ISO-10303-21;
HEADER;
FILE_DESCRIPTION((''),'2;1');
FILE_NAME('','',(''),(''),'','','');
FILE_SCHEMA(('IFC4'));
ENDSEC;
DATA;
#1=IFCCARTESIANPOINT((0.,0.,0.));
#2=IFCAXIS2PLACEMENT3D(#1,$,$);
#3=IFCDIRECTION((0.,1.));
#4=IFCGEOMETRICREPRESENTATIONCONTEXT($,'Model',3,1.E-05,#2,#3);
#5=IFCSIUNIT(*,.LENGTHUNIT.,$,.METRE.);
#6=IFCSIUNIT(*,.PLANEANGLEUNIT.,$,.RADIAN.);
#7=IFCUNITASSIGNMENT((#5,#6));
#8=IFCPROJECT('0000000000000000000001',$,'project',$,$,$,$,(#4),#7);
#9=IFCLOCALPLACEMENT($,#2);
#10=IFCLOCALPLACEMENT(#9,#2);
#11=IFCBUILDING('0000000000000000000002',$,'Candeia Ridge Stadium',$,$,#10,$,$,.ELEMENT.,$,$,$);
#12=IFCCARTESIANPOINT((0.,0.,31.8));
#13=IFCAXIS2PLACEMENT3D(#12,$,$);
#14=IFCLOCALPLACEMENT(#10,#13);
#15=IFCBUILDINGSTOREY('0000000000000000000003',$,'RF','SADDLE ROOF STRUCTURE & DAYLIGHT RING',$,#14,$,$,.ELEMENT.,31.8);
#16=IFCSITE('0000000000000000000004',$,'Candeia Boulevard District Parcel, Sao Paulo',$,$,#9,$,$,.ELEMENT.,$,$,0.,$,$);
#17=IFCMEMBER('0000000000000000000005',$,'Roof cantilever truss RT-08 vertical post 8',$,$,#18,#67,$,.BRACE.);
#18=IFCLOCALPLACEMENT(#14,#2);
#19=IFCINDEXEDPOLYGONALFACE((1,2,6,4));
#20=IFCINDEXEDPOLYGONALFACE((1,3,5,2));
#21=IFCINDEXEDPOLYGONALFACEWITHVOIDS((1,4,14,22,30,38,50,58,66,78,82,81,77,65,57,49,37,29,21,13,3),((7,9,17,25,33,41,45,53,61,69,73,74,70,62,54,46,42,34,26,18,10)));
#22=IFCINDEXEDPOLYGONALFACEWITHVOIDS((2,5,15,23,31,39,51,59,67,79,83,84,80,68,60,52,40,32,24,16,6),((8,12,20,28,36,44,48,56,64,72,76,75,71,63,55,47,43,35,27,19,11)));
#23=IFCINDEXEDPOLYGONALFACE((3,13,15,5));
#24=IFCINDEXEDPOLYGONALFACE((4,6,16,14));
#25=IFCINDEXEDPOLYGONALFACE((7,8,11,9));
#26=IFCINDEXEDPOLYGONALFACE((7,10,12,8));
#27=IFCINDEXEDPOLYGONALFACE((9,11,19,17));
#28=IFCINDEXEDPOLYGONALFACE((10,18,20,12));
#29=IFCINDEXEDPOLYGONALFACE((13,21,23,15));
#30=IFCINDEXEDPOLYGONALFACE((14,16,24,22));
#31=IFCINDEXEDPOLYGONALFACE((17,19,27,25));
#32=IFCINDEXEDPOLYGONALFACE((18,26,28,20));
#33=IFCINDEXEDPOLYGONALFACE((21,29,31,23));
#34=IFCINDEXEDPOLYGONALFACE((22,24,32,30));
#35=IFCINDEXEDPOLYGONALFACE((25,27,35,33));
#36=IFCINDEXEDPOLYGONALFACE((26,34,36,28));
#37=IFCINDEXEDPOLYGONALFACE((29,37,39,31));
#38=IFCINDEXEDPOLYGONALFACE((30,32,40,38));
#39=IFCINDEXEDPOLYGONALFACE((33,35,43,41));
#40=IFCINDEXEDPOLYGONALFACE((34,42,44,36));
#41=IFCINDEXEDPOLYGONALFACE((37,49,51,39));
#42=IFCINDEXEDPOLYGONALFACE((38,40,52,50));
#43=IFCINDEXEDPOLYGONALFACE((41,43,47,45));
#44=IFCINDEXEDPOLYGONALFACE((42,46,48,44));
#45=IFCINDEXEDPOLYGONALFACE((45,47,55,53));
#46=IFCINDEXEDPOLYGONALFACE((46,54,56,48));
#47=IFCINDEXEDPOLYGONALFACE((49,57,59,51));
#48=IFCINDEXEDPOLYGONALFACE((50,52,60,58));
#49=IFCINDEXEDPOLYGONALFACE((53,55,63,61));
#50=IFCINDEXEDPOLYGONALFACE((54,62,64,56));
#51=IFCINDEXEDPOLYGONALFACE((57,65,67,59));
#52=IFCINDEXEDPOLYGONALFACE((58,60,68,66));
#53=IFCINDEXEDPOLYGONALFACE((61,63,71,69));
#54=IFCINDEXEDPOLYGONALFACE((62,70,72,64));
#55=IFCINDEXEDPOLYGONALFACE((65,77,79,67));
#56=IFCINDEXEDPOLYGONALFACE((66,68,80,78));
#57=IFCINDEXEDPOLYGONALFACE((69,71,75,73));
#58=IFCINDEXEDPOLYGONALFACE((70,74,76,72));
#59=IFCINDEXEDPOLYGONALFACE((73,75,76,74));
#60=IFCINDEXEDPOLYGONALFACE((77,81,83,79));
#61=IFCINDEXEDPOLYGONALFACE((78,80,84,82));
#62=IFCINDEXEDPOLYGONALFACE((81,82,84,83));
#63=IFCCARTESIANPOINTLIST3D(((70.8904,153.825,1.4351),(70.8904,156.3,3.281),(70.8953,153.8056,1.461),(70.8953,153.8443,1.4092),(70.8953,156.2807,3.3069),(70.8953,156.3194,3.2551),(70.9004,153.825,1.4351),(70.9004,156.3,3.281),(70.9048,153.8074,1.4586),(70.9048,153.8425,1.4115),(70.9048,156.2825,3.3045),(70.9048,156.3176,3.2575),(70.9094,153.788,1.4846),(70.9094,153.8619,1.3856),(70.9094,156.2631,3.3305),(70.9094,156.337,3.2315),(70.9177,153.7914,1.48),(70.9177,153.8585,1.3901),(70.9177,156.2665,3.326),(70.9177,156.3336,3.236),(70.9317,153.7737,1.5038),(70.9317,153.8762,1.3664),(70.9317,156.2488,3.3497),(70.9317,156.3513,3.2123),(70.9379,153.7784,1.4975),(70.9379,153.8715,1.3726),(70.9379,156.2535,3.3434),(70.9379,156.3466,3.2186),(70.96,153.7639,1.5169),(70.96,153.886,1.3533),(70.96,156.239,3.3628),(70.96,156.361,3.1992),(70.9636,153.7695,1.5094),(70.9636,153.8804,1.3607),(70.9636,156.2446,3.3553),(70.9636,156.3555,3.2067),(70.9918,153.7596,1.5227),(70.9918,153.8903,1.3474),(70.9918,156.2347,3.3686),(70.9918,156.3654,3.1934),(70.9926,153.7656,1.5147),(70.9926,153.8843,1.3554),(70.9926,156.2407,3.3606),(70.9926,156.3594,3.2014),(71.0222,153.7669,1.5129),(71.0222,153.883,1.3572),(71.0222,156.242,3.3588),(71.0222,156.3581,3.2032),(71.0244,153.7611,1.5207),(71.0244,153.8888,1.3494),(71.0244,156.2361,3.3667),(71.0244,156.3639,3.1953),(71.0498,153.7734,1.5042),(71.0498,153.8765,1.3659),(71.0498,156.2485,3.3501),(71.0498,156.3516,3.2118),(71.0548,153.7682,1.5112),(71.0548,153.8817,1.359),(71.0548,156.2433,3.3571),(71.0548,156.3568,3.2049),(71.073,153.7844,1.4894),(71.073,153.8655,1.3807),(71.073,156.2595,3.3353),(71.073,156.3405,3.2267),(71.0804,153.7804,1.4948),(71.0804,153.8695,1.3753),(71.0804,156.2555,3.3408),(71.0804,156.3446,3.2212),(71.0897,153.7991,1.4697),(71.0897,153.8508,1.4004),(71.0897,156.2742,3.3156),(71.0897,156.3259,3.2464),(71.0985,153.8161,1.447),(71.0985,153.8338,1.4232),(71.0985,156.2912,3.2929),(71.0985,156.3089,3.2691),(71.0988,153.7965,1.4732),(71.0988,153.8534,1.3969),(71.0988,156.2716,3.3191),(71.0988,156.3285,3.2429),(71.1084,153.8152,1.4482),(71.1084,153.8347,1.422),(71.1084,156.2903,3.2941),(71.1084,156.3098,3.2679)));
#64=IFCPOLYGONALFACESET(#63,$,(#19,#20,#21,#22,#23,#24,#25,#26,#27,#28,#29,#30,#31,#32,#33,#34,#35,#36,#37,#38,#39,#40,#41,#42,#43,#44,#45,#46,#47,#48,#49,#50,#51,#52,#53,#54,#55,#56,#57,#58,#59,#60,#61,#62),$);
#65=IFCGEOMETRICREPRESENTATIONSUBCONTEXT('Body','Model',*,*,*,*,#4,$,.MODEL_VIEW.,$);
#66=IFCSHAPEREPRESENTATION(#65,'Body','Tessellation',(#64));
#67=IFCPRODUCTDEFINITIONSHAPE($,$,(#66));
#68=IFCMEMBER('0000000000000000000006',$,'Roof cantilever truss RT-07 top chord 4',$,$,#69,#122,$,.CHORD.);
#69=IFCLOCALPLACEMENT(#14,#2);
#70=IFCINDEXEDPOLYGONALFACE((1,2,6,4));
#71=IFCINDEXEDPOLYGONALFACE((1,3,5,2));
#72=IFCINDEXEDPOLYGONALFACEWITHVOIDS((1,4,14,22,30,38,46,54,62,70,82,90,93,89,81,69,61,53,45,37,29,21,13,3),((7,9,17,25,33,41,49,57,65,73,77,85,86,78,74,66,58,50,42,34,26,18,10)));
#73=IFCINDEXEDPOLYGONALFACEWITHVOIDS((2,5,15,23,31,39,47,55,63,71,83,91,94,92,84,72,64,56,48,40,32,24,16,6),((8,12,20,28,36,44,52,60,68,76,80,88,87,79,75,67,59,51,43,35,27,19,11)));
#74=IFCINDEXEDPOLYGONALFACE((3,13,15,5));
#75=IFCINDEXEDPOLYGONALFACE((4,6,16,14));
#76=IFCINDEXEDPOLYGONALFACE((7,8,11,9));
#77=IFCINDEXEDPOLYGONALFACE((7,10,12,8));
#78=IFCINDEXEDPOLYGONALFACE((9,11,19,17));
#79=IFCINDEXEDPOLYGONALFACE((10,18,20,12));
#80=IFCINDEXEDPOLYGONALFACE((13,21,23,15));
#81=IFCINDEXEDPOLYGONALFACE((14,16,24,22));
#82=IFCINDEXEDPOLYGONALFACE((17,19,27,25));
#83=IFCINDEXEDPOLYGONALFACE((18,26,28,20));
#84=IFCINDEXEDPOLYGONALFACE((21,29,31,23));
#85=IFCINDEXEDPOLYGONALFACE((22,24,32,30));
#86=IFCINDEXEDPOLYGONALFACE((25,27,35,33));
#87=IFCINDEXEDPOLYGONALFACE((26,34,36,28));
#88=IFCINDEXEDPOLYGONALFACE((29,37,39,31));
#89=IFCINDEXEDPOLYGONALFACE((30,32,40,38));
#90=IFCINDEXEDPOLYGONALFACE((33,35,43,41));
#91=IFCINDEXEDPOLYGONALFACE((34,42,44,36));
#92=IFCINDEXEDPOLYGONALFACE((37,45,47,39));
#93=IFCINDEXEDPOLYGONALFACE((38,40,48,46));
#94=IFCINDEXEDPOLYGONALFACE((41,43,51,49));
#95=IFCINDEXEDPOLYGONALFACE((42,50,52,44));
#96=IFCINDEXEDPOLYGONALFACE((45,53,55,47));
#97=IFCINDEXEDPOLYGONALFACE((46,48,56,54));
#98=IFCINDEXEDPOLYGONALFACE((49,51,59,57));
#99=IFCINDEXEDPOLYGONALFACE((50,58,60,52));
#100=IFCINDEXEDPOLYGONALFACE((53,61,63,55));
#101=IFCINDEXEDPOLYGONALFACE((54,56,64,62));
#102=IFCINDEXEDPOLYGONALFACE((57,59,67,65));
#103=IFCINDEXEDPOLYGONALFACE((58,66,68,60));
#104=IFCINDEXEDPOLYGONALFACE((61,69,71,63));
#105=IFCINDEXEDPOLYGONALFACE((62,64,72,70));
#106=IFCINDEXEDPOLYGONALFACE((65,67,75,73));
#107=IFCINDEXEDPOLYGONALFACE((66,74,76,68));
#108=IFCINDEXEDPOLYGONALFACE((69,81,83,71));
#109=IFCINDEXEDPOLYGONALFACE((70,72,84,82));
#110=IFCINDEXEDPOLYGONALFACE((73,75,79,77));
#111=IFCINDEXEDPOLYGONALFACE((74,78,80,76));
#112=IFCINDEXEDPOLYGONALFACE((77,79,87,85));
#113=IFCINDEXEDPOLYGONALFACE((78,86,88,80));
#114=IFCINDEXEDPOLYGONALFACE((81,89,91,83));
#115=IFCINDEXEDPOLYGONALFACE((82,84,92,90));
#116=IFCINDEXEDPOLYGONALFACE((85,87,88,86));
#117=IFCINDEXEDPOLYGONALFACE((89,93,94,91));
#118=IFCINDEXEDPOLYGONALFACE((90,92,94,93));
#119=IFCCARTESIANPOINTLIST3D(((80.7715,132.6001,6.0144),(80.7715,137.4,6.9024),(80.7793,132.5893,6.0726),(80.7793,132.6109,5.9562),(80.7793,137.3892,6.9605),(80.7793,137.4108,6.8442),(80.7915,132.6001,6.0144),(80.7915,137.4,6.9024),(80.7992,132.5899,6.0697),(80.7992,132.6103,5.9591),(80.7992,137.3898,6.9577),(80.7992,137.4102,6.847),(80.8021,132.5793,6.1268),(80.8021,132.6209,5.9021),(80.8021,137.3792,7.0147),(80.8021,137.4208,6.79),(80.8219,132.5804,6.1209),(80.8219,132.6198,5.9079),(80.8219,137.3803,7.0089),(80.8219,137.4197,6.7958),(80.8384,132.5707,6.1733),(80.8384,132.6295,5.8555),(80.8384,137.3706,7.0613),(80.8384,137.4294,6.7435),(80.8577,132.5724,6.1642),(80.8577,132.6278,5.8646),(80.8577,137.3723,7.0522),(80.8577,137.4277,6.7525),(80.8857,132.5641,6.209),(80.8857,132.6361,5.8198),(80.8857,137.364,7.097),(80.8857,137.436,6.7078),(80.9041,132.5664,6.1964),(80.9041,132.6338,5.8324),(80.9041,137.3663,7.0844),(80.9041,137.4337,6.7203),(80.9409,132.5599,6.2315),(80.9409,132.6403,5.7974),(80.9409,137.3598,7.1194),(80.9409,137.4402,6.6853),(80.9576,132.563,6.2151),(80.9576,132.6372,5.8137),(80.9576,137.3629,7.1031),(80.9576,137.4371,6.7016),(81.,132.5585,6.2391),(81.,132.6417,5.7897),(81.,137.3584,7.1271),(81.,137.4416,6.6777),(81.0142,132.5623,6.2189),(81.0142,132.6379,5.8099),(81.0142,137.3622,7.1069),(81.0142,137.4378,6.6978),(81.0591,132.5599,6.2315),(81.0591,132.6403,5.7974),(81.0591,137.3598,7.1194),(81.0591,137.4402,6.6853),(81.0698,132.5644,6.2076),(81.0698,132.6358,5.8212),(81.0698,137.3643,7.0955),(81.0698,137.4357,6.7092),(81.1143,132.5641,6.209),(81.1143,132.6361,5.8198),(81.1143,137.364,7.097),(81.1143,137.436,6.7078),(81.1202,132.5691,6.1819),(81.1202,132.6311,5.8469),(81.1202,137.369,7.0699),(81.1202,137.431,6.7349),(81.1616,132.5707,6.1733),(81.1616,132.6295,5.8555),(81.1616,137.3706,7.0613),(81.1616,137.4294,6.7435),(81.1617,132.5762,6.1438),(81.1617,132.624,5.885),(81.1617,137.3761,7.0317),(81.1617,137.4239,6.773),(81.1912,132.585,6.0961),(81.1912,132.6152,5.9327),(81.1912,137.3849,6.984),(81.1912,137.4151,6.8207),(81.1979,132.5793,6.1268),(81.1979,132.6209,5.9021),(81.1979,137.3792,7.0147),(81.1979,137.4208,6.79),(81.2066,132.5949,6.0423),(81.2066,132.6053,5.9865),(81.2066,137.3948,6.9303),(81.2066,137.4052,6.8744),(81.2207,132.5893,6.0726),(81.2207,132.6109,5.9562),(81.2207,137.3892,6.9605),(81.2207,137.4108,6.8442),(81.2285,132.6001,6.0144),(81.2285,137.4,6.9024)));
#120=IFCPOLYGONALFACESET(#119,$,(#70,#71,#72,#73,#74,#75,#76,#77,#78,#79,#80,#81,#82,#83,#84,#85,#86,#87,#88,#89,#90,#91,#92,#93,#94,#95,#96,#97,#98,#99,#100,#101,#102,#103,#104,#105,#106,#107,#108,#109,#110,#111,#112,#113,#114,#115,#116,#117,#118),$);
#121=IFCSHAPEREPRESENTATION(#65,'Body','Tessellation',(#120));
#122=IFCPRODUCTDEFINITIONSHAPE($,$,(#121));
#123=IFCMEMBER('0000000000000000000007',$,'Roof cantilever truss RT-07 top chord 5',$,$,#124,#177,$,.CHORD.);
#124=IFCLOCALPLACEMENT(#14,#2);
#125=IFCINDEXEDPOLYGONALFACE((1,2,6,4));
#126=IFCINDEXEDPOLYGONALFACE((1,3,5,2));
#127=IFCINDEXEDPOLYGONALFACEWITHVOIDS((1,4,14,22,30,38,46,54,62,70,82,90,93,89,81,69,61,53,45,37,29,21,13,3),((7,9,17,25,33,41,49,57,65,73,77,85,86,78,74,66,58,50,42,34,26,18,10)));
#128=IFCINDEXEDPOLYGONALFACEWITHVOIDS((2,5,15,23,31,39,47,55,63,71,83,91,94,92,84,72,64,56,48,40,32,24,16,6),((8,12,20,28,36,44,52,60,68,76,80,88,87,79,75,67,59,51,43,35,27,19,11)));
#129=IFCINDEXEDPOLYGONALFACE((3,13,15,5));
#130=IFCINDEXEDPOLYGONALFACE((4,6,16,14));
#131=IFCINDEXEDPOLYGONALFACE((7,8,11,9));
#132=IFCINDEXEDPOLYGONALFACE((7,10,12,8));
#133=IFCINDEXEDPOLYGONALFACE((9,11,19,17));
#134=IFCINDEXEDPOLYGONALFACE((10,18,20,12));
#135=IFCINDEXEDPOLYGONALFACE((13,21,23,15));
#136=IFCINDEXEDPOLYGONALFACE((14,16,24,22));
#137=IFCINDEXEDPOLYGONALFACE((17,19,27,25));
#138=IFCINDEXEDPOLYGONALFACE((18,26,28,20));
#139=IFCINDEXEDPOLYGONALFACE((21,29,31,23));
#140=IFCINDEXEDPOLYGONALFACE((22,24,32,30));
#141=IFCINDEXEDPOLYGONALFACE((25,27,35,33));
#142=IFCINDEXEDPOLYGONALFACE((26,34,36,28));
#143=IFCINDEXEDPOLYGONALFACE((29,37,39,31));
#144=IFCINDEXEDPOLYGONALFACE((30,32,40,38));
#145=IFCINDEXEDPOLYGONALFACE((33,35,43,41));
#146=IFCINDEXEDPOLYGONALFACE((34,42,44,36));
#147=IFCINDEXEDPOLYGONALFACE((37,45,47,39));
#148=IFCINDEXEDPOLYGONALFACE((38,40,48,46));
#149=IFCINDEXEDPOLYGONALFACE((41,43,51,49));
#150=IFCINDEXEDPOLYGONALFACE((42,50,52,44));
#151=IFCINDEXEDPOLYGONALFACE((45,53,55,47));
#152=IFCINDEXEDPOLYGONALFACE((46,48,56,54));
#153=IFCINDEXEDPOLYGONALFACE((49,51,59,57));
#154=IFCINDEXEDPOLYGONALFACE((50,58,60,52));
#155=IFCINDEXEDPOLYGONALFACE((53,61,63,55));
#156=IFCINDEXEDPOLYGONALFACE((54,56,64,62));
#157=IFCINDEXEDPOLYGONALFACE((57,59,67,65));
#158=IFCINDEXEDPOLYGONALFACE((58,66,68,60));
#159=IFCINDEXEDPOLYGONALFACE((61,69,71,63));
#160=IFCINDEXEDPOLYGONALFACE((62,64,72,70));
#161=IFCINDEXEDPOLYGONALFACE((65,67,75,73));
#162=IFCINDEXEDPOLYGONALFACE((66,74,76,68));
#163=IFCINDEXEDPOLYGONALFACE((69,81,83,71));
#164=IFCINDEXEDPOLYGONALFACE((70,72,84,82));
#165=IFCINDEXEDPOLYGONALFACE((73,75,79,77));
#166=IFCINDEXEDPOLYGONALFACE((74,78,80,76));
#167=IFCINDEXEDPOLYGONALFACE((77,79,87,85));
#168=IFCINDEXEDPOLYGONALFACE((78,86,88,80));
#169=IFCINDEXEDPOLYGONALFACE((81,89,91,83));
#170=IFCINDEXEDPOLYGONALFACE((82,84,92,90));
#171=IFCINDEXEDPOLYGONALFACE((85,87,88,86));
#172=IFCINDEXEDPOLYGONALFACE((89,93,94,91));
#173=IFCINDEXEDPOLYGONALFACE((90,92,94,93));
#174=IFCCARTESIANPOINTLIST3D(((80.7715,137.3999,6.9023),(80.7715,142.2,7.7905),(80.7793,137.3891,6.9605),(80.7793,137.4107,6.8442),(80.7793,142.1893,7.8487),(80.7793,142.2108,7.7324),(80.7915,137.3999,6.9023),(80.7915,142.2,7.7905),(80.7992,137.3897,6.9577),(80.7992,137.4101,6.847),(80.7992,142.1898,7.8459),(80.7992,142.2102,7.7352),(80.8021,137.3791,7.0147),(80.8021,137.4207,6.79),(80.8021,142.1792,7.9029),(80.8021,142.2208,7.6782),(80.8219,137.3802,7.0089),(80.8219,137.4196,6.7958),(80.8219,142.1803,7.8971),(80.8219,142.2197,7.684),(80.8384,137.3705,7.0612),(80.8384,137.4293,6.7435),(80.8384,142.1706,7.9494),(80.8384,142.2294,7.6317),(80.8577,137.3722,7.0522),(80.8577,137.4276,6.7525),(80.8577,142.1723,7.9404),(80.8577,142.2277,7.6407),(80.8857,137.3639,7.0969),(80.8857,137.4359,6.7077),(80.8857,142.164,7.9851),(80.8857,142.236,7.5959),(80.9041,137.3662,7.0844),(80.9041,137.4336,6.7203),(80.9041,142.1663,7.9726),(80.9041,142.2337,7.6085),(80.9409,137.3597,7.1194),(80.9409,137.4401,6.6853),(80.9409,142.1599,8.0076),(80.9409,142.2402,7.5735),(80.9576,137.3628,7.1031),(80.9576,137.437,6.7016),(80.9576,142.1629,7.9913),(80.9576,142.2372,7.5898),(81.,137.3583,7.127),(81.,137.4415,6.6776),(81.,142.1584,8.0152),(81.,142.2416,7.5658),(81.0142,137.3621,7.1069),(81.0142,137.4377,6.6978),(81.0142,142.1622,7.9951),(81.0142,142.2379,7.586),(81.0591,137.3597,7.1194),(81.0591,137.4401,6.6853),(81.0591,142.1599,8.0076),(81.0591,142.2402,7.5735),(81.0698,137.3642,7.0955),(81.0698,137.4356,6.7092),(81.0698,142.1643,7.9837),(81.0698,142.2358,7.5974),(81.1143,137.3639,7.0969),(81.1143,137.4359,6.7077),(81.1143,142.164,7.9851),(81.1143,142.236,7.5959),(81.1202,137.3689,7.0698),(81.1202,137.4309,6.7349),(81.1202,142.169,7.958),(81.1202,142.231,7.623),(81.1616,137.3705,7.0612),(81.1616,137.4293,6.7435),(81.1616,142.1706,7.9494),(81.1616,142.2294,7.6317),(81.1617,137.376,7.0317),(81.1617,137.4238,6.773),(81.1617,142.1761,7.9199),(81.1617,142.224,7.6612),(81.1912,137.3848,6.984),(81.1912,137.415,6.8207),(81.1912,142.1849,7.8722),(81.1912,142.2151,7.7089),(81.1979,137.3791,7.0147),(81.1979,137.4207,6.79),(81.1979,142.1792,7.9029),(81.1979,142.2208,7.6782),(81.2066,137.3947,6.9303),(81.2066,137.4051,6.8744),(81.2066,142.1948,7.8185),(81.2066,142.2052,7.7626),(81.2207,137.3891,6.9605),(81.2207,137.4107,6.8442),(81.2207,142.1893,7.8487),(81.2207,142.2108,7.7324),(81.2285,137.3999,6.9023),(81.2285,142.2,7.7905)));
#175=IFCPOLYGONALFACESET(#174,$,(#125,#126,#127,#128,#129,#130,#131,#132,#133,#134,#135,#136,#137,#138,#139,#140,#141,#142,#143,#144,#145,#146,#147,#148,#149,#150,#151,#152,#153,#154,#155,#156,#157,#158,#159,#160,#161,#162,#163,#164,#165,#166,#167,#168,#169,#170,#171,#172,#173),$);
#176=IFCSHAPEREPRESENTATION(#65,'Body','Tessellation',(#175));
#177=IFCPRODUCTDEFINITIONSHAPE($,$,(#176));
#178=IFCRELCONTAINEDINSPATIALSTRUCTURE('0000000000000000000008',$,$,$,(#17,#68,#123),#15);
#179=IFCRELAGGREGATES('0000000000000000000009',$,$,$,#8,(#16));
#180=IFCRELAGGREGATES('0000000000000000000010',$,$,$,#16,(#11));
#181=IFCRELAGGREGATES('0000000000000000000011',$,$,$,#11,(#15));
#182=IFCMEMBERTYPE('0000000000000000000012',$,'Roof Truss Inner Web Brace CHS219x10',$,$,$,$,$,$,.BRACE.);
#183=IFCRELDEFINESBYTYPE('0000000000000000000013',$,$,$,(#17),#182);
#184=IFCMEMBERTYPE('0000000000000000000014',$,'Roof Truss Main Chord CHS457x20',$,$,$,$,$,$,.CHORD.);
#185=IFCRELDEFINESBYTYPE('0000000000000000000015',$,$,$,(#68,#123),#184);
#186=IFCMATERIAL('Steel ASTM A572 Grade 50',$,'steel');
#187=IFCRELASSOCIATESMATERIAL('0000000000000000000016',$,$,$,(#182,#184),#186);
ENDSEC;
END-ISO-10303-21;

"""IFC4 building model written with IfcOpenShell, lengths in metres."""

from ifc_helpers import new_model, si_unit, direction, frame, origin, origin_2d, place, context, subcontext, project, spatial, hollow_circle, extrude, material, material_profile, profile_set, type_object, element, save


model = new_model("IFC4")

# Units and contexts
model_context = context("Model", 3, precision=1e-05, world=origin(), true_north=direction((0.0, 1.0)))
body_context = subcontext(model_context, "Body", "Model", "MODEL_VIEW")
ifc_project = project(units=[si_unit("LENGTHUNIT", "METRE"), si_unit("PLANEANGLEUNIT", "RADIAN")], contexts=[model_context])

# Site, building, storey
site_placement = place(None, origin())
site = spatial("IfcSite", under=ifc_project, at=site_placement, Name="Candeia Boulevard District Parcel, Sao Paulo", CompositionType="ELEMENT", RefElevation=0.0)
building_placement = place(site_placement, origin())
building = spatial("IfcBuilding", under=site, at=building_placement, Name="Candeia Ridge Stadium", CompositionType="ELEMENT")
storey_placement = place(building_placement, frame((0.0, 0.0, 31.8)))
storey = spatial("IfcBuildingStorey", under=building, at=storey_placement, Name="RF", Description="SADDLE ROOF STRUCTURE & DAYLIGHT RING", CompositionType="ELEMENT", Elevation=31.8)

# Shared definitions
ifc_material_1 = material(Name="Steel ASTM A572 Grade 50", Category="steel")

# Members
ifc_material_profile_1 = material_profile(ifc_material_1, hollow_circle(Radius=0.1096, WallThickness=0.01, at=origin_2d()), Name="CHS219x10", Category="steel")
ifc_profile_set_1 = profile_set([ifc_material_profile_1], Name="Steel ASTM A572 Grade 50")
member_type_1 = type_object("IfcMemberType", Name="Roof Truss Inner Web Brace CHS219x10", PredefinedType="BRACE", material=ifc_profile_set_1)
member_1_placement = place(storey_placement, frame((71.0, 153.825, 1.4351), z_axis=(0.0, 0.80161, 0.597847), x_axis=(-1.0, 0.0, 0.0)))
element("IfcMember", 1, at=member_1_placement, inside=storey, type_object=member_type_1, Name="Roof cantilever truss RT-08 vertical post 8", PredefinedType="BRACE", context=body_context, shape_type="SweptSolid", body=[
    extrude(hollow_circle(Radius=0.1096, WallThickness=0.01, at=origin_2d()), origin(), (0.0, 0.0, 1.0), 3.0876),
])
ifc_material_profile_2 = material_profile(ifc_material_1, hollow_circle(Radius=0.2285, WallThickness=0.02, at=origin_2d()), Name="CHS457x20", Category="steel")
ifc_profile_set_2 = profile_set([ifc_material_profile_2], Name="Steel ASTM A572 Grade 50")
member_type_2 = type_object("IfcMemberType", Name="Roof Truss Main Chord CHS457x20", PredefinedType="CHORD", material=ifc_profile_set_2)
member_2_placement = place(storey_placement, frame((81.0, 132.6001, 6.0144), z_axis=(0.0, 0.983315, 0.181908), x_axis=(-1.0, 0.0, 0.0)))
element("IfcMember", 2, at=member_2_placement, inside=storey, type_object=member_type_2, Name="Roof cantilever truss RT-07 top chord 4", PredefinedType="CHORD", context=body_context, shape_type="SweptSolid", body=[
    extrude(hollow_circle(Radius=0.2285, WallThickness=0.02, at=origin_2d()), origin(), (0.0, 0.0, 1.0), 4.8813),
])
for number, where, z_axis, x_axis, name in (
    (3, (81.0, 137.3999, 6.9023), (0.0, 0.983308, 0.181948), (-1.0, 0.0, 0.0), "Roof cantilever truss RT-07 top chord 5"),
):
    element("IfcMember", number, at=place(storey_placement, frame(where, z_axis=z_axis, x_axis=x_axis)), inside=storey, type_object=member_type_2, Name=name, PredefinedType="CHORD", context=body_context, shape_type="SweptSolid", body=[
        extrude(hollow_circle(Radius=0.2285, WallThickness=0.02, at=origin_2d()), origin(), (0.0, 0.0, 1.0), 4.8816),
    ])

save(model, "model.ifc")
